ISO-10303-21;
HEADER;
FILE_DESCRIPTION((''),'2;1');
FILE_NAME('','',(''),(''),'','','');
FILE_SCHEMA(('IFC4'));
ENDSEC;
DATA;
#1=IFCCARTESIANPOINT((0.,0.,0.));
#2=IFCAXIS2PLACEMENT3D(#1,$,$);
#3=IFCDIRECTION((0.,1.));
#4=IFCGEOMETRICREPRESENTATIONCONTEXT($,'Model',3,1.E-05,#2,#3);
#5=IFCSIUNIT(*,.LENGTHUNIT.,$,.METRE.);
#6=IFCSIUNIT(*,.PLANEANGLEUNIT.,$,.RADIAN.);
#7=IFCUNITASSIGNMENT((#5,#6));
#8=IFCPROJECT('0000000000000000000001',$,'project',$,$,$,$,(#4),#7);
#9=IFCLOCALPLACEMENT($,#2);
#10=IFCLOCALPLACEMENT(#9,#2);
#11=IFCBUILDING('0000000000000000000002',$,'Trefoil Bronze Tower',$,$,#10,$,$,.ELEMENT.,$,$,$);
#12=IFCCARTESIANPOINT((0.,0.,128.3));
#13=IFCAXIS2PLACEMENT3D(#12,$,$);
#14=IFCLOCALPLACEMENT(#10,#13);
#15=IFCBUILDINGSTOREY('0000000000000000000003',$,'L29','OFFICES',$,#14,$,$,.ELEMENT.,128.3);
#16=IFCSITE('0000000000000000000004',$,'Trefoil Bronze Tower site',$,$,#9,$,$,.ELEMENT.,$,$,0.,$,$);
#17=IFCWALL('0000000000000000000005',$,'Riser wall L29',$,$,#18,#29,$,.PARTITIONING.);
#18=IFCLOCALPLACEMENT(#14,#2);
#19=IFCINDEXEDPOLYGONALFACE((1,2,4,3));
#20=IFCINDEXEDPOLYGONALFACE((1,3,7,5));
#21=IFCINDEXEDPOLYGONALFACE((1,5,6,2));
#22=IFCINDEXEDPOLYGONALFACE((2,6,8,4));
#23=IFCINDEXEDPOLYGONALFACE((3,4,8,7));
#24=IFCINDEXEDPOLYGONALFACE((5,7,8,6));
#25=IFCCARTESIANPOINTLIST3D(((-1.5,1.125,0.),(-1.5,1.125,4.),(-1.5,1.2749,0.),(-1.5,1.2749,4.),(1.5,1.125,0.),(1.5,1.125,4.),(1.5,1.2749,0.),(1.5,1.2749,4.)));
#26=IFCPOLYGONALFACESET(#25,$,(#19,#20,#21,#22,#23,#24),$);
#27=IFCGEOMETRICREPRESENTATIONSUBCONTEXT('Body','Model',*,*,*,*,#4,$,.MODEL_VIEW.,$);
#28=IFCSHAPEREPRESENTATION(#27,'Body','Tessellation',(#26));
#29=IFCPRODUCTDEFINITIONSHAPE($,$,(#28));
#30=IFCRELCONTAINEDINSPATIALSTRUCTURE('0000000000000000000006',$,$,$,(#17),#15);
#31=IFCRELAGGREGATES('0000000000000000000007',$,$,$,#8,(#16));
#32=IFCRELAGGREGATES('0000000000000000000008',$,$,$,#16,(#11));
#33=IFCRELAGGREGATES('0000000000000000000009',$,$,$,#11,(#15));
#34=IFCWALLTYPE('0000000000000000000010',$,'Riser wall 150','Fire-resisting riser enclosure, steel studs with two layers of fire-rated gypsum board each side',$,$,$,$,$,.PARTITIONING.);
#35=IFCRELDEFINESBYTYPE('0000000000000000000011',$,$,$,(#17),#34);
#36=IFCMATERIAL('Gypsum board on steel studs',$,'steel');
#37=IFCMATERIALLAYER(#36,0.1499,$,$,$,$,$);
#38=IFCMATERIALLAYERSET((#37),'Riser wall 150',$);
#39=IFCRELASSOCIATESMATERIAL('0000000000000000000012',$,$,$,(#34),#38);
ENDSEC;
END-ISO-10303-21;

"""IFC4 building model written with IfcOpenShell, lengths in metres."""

from ifc_helpers import new_model, si_unit, direction, frame, frame_2d, origin, place, context, subcontext, project, spatial, rectangle, extrude, material, layer, layer_set, type_object, element, save


model = new_model("IFC4")

# Units and contexts
model_context = context("Model", 3, precision=1e-05, world=origin(), true_north=direction((0.0, 1.0)))
body_context = subcontext(model_context, "Body", "Model", "MODEL_VIEW")
ifc_project = project(units=[si_unit("LENGTHUNIT", "METRE"), si_unit("PLANEANGLEUNIT", "RADIAN")], contexts=[model_context])

# Site, building, storey
site_placement = place(None, origin())
site = spatial("IfcSite", under=ifc_project, at=site_placement, Name="Trefoil Bronze Tower site", CompositionType="ELEMENT", RefElevation=0.0)
building_placement = place(site_placement, origin())
building = spatial("IfcBuilding", under=site, at=building_placement, Name="Trefoil Bronze Tower", CompositionType="ELEMENT")
storey_placement = place(building_placement, frame((0.0, 0.0, 128.3)))
storey = spatial("IfcBuildingStorey", under=building, at=storey_placement, Name="L29", Description="OFFICES", CompositionType="ELEMENT", Elevation=128.3)

# Wall
ifc_material_1 = material(Name="Gypsum board on steel studs", Category="steel")
ifc_layer_1 = layer(ifc_material_1, 0.1499)
ifc_layer_set_1 = layer_set([ifc_layer_1], Name="Riser wall 150")
wall_type = type_object("IfcWallType", Name="Riser wall 150", Description="Fire-resisting riser enclosure, steel studs with two layers of fire-rated gypsum board each side", PredefinedType="PARTITIONING", material=ifc_layer_set_1)
wall_placement = place(storey_placement, frame((1.5, 1.2, 0.0), z_axis=(0.0, 0.0, 1.0), x_axis=(-1.0, 0.0, 0.0)))
element("IfcWall", 1, at=wall_placement, inside=storey, type_object=wall_type, Name="Riser wall L29", PredefinedType="PARTITIONING", context=body_context, shape_type="SweptSolid", body=[
    extrude(rectangle(XDim=3.0, YDim=0.1499, at=frame_2d((1.5, 0.0))), origin(), (0.0, 0.0, 1.0), 4.0),
])

save(model, "model.ifc")
